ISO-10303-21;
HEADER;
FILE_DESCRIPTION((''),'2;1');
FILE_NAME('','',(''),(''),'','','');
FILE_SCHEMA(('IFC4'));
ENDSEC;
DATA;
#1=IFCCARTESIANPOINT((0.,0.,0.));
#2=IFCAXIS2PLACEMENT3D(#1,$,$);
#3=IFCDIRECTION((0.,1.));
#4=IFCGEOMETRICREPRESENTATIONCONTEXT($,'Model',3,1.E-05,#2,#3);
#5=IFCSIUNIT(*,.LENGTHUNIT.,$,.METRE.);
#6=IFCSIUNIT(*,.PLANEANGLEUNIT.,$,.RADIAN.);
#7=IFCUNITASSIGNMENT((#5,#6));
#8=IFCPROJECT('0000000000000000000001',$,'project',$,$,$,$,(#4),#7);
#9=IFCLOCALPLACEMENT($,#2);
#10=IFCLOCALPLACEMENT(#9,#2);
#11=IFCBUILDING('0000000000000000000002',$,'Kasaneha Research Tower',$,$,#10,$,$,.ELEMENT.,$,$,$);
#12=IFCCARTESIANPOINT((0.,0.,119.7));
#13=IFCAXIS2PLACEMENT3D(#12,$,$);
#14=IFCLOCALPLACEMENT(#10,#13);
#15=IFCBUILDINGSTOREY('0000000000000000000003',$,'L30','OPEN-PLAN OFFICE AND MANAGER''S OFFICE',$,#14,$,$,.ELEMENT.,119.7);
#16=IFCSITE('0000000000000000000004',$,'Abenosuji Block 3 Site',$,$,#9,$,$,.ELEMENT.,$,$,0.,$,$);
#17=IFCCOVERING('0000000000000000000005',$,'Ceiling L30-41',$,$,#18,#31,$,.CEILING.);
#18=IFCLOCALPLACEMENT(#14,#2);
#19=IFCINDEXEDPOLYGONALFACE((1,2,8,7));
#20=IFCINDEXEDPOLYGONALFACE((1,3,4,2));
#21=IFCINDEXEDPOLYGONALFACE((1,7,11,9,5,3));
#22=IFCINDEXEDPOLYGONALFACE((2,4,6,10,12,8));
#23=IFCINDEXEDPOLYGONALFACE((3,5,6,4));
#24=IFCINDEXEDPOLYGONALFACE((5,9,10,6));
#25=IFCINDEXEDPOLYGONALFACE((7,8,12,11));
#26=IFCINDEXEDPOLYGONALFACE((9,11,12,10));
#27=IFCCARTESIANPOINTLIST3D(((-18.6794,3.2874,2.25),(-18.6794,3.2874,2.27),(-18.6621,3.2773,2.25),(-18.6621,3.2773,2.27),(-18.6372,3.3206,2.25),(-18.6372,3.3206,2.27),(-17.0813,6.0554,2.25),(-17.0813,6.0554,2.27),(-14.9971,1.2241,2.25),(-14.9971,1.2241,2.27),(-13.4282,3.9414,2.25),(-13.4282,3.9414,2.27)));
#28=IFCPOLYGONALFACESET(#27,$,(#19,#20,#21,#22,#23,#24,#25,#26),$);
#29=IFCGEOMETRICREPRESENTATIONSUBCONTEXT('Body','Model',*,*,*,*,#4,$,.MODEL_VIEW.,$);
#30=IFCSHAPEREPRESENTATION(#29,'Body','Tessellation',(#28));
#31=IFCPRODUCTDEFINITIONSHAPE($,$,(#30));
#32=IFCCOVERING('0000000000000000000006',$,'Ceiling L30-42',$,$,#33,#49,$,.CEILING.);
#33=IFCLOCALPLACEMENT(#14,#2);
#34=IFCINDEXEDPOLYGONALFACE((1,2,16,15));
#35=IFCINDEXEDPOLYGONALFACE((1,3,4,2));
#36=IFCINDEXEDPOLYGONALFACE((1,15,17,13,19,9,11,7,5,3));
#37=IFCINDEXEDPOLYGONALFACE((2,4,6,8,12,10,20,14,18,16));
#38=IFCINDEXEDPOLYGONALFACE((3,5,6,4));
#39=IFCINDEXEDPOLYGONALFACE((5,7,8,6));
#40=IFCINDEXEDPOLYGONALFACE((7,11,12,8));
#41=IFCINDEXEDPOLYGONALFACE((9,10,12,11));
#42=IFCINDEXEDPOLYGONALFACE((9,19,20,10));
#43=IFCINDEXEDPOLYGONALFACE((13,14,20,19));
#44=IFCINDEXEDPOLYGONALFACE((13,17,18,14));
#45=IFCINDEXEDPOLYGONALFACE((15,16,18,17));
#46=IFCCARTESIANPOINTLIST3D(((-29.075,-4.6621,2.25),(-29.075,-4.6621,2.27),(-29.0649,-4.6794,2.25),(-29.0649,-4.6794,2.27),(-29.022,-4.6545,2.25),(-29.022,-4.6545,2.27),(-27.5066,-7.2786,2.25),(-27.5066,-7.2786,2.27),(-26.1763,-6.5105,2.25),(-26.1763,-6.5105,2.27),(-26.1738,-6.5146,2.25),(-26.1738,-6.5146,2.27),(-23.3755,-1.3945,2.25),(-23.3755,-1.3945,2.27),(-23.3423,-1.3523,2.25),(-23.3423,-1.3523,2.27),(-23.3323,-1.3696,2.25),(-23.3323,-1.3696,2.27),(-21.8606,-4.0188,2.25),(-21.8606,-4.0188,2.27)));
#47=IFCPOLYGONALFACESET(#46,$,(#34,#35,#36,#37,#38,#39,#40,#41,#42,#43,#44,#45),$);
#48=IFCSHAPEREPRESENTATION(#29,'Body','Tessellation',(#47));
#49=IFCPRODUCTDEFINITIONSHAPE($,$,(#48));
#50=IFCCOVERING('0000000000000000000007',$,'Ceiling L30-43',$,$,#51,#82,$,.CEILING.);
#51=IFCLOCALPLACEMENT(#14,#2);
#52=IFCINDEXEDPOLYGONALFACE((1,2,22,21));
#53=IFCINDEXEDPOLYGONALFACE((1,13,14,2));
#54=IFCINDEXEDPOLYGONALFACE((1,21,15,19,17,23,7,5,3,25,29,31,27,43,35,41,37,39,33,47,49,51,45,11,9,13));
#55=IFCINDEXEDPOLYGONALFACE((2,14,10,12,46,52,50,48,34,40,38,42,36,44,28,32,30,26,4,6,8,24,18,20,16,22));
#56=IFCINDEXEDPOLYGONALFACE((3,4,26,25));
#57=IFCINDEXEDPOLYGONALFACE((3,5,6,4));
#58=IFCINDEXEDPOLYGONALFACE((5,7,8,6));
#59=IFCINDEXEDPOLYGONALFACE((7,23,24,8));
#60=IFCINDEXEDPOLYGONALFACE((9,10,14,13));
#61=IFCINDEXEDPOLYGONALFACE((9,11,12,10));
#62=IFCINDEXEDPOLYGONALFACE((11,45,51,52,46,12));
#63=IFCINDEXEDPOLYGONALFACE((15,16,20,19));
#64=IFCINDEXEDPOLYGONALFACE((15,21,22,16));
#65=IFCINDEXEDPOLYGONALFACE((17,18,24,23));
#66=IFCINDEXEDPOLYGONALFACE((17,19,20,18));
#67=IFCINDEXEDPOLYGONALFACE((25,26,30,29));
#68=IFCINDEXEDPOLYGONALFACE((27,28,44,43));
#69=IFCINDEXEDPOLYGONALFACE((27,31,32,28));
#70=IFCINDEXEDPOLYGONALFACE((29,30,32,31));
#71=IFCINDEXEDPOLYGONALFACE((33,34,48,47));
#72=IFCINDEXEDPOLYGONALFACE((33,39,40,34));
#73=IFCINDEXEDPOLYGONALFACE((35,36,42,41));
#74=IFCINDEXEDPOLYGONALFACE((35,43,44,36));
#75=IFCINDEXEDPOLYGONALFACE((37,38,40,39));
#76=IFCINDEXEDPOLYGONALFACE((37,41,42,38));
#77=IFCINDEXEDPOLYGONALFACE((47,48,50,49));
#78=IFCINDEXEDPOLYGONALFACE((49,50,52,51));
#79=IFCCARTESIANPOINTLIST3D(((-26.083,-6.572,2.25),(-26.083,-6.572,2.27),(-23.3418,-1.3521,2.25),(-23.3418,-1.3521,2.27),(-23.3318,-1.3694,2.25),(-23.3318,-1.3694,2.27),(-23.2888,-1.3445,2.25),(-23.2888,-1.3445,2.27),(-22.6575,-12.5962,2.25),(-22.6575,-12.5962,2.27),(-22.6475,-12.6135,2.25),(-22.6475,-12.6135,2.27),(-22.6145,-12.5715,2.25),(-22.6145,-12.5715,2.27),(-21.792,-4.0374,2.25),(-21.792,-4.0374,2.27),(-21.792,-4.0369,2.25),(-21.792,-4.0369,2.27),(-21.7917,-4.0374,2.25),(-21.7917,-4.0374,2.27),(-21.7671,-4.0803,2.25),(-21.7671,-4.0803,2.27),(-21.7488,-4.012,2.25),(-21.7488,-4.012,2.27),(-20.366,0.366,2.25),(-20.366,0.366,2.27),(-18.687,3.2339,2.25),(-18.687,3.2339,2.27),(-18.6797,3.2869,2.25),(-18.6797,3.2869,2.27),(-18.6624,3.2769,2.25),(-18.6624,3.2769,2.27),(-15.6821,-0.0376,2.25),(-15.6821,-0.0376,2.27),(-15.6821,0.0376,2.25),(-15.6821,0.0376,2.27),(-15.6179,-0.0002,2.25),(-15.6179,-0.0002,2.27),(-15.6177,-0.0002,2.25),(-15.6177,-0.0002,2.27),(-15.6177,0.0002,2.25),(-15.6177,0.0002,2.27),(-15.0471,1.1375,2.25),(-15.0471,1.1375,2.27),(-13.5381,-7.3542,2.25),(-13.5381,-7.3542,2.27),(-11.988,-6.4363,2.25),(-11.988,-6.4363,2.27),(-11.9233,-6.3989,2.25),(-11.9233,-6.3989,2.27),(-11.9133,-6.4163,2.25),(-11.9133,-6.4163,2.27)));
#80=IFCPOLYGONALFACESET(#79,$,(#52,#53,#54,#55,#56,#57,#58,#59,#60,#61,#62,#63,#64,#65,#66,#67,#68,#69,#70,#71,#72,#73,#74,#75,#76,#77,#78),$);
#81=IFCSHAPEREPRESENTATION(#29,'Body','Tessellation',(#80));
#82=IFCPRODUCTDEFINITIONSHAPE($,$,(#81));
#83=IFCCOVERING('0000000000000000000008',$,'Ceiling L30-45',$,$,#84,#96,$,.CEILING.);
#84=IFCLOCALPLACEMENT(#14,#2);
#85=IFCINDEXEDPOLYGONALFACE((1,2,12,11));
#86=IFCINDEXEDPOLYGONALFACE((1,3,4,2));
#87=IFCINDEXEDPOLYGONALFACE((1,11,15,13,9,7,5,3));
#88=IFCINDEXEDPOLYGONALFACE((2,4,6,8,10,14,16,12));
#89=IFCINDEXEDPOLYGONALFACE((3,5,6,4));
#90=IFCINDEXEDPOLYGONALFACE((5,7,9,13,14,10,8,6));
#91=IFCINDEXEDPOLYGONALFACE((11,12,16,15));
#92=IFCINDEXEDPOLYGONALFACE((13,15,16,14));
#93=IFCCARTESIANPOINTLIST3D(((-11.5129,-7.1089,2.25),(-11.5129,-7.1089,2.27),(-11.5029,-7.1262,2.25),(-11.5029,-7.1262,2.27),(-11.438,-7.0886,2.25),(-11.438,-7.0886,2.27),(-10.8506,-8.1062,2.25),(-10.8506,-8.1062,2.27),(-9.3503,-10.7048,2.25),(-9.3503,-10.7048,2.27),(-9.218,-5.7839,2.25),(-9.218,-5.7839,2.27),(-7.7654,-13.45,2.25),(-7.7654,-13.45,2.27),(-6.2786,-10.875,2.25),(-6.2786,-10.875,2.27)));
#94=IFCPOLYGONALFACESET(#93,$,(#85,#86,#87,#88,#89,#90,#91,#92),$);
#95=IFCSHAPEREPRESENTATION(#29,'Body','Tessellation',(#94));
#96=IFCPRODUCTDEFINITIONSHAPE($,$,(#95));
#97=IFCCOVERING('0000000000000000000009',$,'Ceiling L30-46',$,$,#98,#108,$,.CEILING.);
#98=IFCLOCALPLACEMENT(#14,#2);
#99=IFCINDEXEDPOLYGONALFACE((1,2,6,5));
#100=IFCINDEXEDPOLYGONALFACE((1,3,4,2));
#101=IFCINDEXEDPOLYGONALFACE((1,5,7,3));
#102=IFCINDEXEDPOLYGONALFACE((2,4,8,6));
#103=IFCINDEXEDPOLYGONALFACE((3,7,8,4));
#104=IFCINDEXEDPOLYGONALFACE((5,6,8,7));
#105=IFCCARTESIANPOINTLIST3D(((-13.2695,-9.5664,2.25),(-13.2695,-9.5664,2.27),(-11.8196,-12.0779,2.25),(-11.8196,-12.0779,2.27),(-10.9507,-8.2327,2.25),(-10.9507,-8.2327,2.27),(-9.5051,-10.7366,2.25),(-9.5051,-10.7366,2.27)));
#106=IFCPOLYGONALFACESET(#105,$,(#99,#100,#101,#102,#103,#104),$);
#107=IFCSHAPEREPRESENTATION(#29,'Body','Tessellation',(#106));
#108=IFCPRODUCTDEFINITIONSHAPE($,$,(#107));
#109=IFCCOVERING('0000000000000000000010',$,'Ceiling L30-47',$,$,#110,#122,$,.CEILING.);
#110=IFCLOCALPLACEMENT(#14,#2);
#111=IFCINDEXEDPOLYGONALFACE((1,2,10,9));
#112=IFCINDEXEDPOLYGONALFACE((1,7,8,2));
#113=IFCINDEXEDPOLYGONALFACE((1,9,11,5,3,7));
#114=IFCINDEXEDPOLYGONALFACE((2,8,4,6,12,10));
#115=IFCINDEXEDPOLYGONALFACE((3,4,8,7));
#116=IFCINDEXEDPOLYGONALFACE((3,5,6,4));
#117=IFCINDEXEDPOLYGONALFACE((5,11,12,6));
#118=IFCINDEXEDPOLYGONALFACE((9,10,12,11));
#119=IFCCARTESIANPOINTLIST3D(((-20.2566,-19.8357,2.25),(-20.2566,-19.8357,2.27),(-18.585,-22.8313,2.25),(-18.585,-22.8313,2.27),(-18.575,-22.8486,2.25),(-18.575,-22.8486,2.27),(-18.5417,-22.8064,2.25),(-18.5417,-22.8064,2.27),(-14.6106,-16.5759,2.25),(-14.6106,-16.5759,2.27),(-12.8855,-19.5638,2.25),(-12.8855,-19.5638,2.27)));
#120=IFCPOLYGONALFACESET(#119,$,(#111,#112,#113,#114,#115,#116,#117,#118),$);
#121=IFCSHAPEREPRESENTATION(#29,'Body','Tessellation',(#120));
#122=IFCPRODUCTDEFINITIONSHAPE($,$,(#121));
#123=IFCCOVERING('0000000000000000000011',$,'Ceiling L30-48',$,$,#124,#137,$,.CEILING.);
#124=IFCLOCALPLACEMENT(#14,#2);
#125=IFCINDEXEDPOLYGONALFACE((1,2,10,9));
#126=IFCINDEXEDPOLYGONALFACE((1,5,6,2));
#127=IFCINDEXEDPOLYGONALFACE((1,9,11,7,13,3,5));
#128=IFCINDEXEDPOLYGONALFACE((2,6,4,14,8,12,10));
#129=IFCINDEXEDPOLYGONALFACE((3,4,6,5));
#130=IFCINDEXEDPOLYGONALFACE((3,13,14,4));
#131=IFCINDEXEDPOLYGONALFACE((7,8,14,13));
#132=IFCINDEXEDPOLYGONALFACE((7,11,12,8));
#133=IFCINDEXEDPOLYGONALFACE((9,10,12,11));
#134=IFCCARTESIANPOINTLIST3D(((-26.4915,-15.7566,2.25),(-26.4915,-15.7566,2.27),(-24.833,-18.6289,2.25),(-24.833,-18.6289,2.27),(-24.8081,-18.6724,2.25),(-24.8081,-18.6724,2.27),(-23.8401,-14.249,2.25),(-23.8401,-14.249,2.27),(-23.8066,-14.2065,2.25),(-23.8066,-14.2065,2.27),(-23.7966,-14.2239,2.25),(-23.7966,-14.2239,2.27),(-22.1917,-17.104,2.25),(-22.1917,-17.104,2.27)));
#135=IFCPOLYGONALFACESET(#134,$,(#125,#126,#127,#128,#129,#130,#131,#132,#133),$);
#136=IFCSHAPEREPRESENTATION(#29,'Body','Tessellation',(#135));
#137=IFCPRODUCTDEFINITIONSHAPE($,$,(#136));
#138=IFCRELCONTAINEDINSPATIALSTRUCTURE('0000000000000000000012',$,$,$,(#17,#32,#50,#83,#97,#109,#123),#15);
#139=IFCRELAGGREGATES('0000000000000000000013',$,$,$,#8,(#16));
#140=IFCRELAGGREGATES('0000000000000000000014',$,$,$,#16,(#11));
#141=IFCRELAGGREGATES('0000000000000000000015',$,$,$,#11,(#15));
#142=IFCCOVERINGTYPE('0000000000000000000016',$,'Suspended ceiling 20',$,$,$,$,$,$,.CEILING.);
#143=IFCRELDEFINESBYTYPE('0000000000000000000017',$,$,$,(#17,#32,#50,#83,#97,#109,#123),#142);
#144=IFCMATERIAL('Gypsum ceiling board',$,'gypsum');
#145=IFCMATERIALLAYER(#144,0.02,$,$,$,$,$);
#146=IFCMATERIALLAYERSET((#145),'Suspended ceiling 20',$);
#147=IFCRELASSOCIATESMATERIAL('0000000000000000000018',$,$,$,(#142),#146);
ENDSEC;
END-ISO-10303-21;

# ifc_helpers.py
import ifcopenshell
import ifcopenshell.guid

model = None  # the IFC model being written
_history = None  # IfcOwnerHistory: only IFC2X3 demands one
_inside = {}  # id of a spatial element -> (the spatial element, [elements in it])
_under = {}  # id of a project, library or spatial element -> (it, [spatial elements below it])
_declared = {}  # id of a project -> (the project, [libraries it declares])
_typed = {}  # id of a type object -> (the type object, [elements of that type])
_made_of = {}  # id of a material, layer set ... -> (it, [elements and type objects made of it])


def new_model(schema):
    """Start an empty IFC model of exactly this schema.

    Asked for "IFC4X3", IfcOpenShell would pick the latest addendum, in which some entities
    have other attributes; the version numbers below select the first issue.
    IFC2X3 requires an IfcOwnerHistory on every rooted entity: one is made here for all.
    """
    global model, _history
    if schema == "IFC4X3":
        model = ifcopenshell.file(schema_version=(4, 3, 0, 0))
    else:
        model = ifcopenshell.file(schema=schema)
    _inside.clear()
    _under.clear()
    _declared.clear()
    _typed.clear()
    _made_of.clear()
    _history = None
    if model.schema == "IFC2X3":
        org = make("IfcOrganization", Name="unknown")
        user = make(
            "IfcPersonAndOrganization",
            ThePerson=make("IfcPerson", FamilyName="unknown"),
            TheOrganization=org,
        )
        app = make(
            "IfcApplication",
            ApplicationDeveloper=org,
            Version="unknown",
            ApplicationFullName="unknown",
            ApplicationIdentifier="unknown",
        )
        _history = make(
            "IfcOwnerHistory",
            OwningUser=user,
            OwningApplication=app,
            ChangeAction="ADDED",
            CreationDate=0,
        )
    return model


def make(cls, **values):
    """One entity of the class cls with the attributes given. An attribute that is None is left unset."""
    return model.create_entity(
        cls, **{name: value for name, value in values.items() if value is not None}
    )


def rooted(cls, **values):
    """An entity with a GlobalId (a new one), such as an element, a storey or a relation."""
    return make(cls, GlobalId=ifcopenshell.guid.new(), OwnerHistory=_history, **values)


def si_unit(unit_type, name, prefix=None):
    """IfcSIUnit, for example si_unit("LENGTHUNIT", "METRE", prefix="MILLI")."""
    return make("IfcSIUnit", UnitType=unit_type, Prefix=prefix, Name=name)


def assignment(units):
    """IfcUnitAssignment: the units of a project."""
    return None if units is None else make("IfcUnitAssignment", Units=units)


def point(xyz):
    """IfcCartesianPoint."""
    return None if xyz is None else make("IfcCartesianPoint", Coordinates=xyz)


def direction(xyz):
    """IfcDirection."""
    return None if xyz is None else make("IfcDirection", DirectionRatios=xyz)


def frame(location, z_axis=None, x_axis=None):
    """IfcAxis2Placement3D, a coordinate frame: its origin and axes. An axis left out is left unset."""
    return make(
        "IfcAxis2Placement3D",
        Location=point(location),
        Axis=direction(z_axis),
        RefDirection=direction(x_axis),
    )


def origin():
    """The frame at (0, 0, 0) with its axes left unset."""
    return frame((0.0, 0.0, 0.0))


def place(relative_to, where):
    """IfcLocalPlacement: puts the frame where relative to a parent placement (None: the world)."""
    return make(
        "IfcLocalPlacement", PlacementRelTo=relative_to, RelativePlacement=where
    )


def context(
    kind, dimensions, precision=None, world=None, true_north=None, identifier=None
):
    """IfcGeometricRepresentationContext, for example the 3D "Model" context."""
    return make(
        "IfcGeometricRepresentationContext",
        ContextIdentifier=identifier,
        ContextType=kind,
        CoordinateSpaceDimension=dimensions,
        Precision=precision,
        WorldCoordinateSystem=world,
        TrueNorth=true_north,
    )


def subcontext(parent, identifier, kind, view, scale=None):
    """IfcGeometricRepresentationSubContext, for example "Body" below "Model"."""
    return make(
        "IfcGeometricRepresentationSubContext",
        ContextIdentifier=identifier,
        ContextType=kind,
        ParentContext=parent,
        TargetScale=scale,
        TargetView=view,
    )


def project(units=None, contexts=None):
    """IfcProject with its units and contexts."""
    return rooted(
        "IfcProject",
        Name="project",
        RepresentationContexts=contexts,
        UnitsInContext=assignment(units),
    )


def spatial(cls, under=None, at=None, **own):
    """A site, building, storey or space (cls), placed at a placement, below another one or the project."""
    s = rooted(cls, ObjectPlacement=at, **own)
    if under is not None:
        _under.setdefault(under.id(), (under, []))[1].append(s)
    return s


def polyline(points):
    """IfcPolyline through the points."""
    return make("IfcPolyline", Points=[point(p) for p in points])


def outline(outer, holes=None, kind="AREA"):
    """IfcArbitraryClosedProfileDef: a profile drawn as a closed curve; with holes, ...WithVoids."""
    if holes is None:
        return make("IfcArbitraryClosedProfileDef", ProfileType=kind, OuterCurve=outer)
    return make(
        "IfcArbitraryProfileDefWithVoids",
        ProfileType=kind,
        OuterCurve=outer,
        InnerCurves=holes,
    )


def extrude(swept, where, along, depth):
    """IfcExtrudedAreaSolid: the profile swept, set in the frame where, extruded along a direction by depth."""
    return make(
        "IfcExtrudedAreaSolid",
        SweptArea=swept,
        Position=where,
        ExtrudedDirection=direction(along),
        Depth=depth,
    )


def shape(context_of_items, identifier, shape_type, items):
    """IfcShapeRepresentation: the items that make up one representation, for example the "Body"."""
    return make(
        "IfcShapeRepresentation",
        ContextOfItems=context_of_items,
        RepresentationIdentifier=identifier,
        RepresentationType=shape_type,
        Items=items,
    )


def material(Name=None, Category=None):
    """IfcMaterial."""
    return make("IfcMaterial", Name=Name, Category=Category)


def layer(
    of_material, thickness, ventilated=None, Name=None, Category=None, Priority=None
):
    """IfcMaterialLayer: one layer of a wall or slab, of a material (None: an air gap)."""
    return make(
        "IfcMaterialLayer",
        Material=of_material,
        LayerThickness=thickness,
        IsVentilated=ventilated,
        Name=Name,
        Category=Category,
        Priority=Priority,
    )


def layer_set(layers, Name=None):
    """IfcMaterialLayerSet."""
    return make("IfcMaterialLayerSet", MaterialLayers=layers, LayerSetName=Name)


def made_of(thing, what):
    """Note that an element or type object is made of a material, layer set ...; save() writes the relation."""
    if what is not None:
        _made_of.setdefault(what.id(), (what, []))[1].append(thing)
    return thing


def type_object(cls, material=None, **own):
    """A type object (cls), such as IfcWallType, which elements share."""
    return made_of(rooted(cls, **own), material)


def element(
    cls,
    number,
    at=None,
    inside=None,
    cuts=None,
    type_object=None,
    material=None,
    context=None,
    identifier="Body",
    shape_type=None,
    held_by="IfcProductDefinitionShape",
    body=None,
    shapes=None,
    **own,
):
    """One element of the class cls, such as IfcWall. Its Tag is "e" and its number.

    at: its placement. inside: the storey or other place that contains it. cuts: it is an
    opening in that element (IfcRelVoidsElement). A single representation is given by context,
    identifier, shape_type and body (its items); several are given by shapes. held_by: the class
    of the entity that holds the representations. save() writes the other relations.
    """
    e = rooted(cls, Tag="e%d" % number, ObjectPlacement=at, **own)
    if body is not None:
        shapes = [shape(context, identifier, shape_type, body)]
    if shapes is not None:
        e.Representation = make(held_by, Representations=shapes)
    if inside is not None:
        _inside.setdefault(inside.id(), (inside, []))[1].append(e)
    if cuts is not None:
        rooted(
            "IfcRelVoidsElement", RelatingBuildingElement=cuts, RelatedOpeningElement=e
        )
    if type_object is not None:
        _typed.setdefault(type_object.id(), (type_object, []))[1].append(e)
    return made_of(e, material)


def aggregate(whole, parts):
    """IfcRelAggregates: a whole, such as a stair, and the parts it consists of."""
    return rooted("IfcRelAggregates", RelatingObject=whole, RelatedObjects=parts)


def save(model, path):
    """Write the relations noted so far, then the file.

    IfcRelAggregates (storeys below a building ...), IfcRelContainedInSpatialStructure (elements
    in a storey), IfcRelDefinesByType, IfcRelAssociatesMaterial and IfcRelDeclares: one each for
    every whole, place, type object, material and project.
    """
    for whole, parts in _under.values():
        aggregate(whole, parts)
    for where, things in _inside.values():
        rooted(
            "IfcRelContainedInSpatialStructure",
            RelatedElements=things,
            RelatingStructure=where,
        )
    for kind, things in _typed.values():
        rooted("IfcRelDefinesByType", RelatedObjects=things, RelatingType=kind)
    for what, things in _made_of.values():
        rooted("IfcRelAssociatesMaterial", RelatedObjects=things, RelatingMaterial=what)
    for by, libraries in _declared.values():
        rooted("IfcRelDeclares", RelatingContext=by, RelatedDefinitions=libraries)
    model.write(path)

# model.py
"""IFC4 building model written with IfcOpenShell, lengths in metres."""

from ifc_helpers import new_model, si_unit, direction, frame, origin, place, context, subcontext, project, spatial, polyline, outline, extrude, material, layer, layer_set, type_object, element, save


model = new_model("IFC4")

# Units and contexts
model_context = context("Model", 3, precision=1e-05, world=origin(), true_north=direction((0.0, 1.0)))
body_context = subcontext(model_context, "Body", "Model", "MODEL_VIEW")
ifc_project = project(units=[si_unit("LENGTHUNIT", "METRE"), si_unit("PLANEANGLEUNIT", "RADIAN")], contexts=[model_context])

# Site, building, storey
site_placement = place(None, origin())
site = spatial("IfcSite", under=ifc_project, at=site_placement, Name="Abenosuji Block 3 Site", CompositionType="ELEMENT", RefElevation=0.0)
building_placement = place(site_placement, origin())
building = spatial("IfcBuilding", under=site, at=building_placement, Name="Kasaneha Research Tower", CompositionType="ELEMENT")
storey_placement = place(building_placement, frame((0.0, 0.0, 119.7)))
storey = spatial("IfcBuildingStorey", under=building, at=storey_placement, Name="L30", Description="OPEN-PLAN OFFICE AND MANAGER'S OFFICE", CompositionType="ELEMENT", Elevation=119.7)

# Coverings
ifc_material_1 = material(Name="Gypsum ceiling board", Category="gypsum")
ifc_layer_1 = layer(ifc_material_1, 0.02)
ifc_layer_set_1 = layer_set([ifc_layer_1], Name="Suspended ceiling 20")
covering_type = type_object("IfcCoveringType", Name="Suspended ceiling 20", PredefinedType="CEILING", material=ifc_layer_set_1)
covering_1_placement = place(storey_placement, frame((0.0, 0.0, 2.25)))
element("IfcCovering", 1, at=covering_1_placement, inside=storey, type_object=covering_type, Name="Ceiling L30-41", PredefinedType="CEILING", context=body_context, shape_type="SweptSolid", body=[
    extrude(outline(polyline([(-18.6794, 3.2874), (-17.0813, 6.0554), (-13.4282, 3.9414), (-14.9971, 1.2241), (-18.6372, 3.3206), (-18.6621, 3.2773), (-18.6794, 3.2874)])), origin(), (0.0, 0.0, 1.0), 0.02),
])
covering_2_placement = place(storey_placement, frame((0.0, 0.0, 2.25)))
element("IfcCovering", 2, at=covering_2_placement, inside=storey, type_object=covering_type, Name="Ceiling L30-42", PredefinedType="CEILING", context=body_context, shape_type="SweptSolid", body=[
    extrude(outline(polyline([(-23.3423, -1.3523), (-23.3323, -1.3696), (-23.3755, -1.3945), (-21.8606, -4.0188), (-26.1763, -6.5105), (-26.1738, -6.5146), (-27.5066, -7.2786), (-29.022, -4.6545), (-29.0649, -4.6794), (-29.075, -4.6621), (-23.3423, -1.3523)])), origin(), (0.0, 0.0, 1.0), 0.02),
])
covering_3_placement = place(storey_placement, frame((0.0, 0.0, 2.25)))
element("IfcCovering", 3, at=covering_3_placement, inside=storey, type_object=covering_type, Name="Ceiling L30-43", PredefinedType="CEILING", context=body_context, shape_type="SweptSolid", body=[
    extrude(outline(polyline([(-21.7917, -4.0374), (-21.792, -4.0369), (-21.7488, -4.012), (-23.2888, -1.3445), (-23.3318, -1.3694), (-23.3418, -1.3521), (-20.366, 0.366), (-18.6797, 3.2869), (-18.6624, 3.2769), (-18.687, 3.2339), (-15.0471, 1.1375), (-15.6821, 0.0376), (-15.6177, 0.0002), (-15.6179, -0.0002), (-15.6177, -0.0002), (-15.6821, -0.0376), (-11.988, -6.4363), (-11.9233, -6.3989), (-11.9133, -6.4163), (-13.5381, -7.3542), (-22.6475, -12.6135), (-22.6575, -12.5962), (-22.6145, -12.5715), (-26.083, -6.572), (-21.7671, -4.0803), (-21.792, -4.0374), (-21.7917, -4.0374)])), origin(), (0.0, 0.0, 1.0), 0.02),
])
covering_4_placement = place(storey_placement, frame((0.0, 0.0, 2.25)))
element("IfcCovering", 4, at=covering_4_placement, inside=storey, type_object=covering_type, Name="Ceiling L30-45", PredefinedType="CEILING", context=body_context, shape_type="SweptSolid", body=[
    extrude(outline(polyline([(-7.7654, -13.45), (-9.3503, -10.7048), (-9.3503, -10.7048), (-10.8506, -8.1062), (-10.8506, -8.1062), (-11.438, -7.0886), (-11.5029, -7.1262), (-11.5129, -7.1089), (-9.218, -5.7839), (-6.2786, -10.875), (-7.7654, -13.45)])), origin(), (0.0, 0.0, 1.0), 0.02),
])
covering_5_placement = place(storey_placement, frame((0.0, 0.0, 2.25)))
element("IfcCovering", 5, at=covering_5_placement, inside=storey, type_object=covering_type, Name="Ceiling L30-46", PredefinedType="CEILING", context=body_context, shape_type="SweptSolid", body=[
    extrude(outline(polyline([(-9.5051, -10.7366), (-11.8196, -12.0779), (-13.2695, -9.5664), (-10.9507, -8.2327), (-9.5051, -10.7366)])), origin(), (0.0, 0.0, 1.0), 0.02),
])
covering_6_placement = place(storey_placement, frame((0.0, 0.0, 2.25)))
element("IfcCovering", 6, at=covering_6_placement, inside=storey, type_object=covering_type, Name="Ceiling L30-47", PredefinedType="CEILING", context=body_context, shape_type="SweptSolid", body=[
    extrude(outline(polyline([(-18.575, -22.8486), (-18.585, -22.8313), (-18.5417, -22.8064), (-20.2566, -19.8357), (-14.6106, -16.5759), (-12.8855, -19.5637), (-12.8423, -19.5388), (-12.8423, -19.5388), (-18.575, -22.8486)])), origin(), (0.0, 0.0, 1.0), 0.02),
])
covering_7_placement = place(storey_placement, frame((0.0, 0.0, 2.25)))
element("IfcCovering", 7, at=covering_7_placement, inside=storey, type_object=covering_type, Name="Ceiling L30-48", PredefinedType="CEILING", context=body_context, shape_type="SweptSolid", body=[
    extrude(outline(polyline([(-23.8066, -14.2065), (-23.7966, -14.2239), (-23.8401, -14.249), (-22.1917, -17.104), (-24.833, -18.6289), (-24.8081, -18.6724), (-24.8081, -18.6724), (-26.4915, -15.7566), (-23.8066, -14.2065)])), origin(), (0.0, 0.0, 1.0), 0.02),
])

save(model, "model.ifc")
